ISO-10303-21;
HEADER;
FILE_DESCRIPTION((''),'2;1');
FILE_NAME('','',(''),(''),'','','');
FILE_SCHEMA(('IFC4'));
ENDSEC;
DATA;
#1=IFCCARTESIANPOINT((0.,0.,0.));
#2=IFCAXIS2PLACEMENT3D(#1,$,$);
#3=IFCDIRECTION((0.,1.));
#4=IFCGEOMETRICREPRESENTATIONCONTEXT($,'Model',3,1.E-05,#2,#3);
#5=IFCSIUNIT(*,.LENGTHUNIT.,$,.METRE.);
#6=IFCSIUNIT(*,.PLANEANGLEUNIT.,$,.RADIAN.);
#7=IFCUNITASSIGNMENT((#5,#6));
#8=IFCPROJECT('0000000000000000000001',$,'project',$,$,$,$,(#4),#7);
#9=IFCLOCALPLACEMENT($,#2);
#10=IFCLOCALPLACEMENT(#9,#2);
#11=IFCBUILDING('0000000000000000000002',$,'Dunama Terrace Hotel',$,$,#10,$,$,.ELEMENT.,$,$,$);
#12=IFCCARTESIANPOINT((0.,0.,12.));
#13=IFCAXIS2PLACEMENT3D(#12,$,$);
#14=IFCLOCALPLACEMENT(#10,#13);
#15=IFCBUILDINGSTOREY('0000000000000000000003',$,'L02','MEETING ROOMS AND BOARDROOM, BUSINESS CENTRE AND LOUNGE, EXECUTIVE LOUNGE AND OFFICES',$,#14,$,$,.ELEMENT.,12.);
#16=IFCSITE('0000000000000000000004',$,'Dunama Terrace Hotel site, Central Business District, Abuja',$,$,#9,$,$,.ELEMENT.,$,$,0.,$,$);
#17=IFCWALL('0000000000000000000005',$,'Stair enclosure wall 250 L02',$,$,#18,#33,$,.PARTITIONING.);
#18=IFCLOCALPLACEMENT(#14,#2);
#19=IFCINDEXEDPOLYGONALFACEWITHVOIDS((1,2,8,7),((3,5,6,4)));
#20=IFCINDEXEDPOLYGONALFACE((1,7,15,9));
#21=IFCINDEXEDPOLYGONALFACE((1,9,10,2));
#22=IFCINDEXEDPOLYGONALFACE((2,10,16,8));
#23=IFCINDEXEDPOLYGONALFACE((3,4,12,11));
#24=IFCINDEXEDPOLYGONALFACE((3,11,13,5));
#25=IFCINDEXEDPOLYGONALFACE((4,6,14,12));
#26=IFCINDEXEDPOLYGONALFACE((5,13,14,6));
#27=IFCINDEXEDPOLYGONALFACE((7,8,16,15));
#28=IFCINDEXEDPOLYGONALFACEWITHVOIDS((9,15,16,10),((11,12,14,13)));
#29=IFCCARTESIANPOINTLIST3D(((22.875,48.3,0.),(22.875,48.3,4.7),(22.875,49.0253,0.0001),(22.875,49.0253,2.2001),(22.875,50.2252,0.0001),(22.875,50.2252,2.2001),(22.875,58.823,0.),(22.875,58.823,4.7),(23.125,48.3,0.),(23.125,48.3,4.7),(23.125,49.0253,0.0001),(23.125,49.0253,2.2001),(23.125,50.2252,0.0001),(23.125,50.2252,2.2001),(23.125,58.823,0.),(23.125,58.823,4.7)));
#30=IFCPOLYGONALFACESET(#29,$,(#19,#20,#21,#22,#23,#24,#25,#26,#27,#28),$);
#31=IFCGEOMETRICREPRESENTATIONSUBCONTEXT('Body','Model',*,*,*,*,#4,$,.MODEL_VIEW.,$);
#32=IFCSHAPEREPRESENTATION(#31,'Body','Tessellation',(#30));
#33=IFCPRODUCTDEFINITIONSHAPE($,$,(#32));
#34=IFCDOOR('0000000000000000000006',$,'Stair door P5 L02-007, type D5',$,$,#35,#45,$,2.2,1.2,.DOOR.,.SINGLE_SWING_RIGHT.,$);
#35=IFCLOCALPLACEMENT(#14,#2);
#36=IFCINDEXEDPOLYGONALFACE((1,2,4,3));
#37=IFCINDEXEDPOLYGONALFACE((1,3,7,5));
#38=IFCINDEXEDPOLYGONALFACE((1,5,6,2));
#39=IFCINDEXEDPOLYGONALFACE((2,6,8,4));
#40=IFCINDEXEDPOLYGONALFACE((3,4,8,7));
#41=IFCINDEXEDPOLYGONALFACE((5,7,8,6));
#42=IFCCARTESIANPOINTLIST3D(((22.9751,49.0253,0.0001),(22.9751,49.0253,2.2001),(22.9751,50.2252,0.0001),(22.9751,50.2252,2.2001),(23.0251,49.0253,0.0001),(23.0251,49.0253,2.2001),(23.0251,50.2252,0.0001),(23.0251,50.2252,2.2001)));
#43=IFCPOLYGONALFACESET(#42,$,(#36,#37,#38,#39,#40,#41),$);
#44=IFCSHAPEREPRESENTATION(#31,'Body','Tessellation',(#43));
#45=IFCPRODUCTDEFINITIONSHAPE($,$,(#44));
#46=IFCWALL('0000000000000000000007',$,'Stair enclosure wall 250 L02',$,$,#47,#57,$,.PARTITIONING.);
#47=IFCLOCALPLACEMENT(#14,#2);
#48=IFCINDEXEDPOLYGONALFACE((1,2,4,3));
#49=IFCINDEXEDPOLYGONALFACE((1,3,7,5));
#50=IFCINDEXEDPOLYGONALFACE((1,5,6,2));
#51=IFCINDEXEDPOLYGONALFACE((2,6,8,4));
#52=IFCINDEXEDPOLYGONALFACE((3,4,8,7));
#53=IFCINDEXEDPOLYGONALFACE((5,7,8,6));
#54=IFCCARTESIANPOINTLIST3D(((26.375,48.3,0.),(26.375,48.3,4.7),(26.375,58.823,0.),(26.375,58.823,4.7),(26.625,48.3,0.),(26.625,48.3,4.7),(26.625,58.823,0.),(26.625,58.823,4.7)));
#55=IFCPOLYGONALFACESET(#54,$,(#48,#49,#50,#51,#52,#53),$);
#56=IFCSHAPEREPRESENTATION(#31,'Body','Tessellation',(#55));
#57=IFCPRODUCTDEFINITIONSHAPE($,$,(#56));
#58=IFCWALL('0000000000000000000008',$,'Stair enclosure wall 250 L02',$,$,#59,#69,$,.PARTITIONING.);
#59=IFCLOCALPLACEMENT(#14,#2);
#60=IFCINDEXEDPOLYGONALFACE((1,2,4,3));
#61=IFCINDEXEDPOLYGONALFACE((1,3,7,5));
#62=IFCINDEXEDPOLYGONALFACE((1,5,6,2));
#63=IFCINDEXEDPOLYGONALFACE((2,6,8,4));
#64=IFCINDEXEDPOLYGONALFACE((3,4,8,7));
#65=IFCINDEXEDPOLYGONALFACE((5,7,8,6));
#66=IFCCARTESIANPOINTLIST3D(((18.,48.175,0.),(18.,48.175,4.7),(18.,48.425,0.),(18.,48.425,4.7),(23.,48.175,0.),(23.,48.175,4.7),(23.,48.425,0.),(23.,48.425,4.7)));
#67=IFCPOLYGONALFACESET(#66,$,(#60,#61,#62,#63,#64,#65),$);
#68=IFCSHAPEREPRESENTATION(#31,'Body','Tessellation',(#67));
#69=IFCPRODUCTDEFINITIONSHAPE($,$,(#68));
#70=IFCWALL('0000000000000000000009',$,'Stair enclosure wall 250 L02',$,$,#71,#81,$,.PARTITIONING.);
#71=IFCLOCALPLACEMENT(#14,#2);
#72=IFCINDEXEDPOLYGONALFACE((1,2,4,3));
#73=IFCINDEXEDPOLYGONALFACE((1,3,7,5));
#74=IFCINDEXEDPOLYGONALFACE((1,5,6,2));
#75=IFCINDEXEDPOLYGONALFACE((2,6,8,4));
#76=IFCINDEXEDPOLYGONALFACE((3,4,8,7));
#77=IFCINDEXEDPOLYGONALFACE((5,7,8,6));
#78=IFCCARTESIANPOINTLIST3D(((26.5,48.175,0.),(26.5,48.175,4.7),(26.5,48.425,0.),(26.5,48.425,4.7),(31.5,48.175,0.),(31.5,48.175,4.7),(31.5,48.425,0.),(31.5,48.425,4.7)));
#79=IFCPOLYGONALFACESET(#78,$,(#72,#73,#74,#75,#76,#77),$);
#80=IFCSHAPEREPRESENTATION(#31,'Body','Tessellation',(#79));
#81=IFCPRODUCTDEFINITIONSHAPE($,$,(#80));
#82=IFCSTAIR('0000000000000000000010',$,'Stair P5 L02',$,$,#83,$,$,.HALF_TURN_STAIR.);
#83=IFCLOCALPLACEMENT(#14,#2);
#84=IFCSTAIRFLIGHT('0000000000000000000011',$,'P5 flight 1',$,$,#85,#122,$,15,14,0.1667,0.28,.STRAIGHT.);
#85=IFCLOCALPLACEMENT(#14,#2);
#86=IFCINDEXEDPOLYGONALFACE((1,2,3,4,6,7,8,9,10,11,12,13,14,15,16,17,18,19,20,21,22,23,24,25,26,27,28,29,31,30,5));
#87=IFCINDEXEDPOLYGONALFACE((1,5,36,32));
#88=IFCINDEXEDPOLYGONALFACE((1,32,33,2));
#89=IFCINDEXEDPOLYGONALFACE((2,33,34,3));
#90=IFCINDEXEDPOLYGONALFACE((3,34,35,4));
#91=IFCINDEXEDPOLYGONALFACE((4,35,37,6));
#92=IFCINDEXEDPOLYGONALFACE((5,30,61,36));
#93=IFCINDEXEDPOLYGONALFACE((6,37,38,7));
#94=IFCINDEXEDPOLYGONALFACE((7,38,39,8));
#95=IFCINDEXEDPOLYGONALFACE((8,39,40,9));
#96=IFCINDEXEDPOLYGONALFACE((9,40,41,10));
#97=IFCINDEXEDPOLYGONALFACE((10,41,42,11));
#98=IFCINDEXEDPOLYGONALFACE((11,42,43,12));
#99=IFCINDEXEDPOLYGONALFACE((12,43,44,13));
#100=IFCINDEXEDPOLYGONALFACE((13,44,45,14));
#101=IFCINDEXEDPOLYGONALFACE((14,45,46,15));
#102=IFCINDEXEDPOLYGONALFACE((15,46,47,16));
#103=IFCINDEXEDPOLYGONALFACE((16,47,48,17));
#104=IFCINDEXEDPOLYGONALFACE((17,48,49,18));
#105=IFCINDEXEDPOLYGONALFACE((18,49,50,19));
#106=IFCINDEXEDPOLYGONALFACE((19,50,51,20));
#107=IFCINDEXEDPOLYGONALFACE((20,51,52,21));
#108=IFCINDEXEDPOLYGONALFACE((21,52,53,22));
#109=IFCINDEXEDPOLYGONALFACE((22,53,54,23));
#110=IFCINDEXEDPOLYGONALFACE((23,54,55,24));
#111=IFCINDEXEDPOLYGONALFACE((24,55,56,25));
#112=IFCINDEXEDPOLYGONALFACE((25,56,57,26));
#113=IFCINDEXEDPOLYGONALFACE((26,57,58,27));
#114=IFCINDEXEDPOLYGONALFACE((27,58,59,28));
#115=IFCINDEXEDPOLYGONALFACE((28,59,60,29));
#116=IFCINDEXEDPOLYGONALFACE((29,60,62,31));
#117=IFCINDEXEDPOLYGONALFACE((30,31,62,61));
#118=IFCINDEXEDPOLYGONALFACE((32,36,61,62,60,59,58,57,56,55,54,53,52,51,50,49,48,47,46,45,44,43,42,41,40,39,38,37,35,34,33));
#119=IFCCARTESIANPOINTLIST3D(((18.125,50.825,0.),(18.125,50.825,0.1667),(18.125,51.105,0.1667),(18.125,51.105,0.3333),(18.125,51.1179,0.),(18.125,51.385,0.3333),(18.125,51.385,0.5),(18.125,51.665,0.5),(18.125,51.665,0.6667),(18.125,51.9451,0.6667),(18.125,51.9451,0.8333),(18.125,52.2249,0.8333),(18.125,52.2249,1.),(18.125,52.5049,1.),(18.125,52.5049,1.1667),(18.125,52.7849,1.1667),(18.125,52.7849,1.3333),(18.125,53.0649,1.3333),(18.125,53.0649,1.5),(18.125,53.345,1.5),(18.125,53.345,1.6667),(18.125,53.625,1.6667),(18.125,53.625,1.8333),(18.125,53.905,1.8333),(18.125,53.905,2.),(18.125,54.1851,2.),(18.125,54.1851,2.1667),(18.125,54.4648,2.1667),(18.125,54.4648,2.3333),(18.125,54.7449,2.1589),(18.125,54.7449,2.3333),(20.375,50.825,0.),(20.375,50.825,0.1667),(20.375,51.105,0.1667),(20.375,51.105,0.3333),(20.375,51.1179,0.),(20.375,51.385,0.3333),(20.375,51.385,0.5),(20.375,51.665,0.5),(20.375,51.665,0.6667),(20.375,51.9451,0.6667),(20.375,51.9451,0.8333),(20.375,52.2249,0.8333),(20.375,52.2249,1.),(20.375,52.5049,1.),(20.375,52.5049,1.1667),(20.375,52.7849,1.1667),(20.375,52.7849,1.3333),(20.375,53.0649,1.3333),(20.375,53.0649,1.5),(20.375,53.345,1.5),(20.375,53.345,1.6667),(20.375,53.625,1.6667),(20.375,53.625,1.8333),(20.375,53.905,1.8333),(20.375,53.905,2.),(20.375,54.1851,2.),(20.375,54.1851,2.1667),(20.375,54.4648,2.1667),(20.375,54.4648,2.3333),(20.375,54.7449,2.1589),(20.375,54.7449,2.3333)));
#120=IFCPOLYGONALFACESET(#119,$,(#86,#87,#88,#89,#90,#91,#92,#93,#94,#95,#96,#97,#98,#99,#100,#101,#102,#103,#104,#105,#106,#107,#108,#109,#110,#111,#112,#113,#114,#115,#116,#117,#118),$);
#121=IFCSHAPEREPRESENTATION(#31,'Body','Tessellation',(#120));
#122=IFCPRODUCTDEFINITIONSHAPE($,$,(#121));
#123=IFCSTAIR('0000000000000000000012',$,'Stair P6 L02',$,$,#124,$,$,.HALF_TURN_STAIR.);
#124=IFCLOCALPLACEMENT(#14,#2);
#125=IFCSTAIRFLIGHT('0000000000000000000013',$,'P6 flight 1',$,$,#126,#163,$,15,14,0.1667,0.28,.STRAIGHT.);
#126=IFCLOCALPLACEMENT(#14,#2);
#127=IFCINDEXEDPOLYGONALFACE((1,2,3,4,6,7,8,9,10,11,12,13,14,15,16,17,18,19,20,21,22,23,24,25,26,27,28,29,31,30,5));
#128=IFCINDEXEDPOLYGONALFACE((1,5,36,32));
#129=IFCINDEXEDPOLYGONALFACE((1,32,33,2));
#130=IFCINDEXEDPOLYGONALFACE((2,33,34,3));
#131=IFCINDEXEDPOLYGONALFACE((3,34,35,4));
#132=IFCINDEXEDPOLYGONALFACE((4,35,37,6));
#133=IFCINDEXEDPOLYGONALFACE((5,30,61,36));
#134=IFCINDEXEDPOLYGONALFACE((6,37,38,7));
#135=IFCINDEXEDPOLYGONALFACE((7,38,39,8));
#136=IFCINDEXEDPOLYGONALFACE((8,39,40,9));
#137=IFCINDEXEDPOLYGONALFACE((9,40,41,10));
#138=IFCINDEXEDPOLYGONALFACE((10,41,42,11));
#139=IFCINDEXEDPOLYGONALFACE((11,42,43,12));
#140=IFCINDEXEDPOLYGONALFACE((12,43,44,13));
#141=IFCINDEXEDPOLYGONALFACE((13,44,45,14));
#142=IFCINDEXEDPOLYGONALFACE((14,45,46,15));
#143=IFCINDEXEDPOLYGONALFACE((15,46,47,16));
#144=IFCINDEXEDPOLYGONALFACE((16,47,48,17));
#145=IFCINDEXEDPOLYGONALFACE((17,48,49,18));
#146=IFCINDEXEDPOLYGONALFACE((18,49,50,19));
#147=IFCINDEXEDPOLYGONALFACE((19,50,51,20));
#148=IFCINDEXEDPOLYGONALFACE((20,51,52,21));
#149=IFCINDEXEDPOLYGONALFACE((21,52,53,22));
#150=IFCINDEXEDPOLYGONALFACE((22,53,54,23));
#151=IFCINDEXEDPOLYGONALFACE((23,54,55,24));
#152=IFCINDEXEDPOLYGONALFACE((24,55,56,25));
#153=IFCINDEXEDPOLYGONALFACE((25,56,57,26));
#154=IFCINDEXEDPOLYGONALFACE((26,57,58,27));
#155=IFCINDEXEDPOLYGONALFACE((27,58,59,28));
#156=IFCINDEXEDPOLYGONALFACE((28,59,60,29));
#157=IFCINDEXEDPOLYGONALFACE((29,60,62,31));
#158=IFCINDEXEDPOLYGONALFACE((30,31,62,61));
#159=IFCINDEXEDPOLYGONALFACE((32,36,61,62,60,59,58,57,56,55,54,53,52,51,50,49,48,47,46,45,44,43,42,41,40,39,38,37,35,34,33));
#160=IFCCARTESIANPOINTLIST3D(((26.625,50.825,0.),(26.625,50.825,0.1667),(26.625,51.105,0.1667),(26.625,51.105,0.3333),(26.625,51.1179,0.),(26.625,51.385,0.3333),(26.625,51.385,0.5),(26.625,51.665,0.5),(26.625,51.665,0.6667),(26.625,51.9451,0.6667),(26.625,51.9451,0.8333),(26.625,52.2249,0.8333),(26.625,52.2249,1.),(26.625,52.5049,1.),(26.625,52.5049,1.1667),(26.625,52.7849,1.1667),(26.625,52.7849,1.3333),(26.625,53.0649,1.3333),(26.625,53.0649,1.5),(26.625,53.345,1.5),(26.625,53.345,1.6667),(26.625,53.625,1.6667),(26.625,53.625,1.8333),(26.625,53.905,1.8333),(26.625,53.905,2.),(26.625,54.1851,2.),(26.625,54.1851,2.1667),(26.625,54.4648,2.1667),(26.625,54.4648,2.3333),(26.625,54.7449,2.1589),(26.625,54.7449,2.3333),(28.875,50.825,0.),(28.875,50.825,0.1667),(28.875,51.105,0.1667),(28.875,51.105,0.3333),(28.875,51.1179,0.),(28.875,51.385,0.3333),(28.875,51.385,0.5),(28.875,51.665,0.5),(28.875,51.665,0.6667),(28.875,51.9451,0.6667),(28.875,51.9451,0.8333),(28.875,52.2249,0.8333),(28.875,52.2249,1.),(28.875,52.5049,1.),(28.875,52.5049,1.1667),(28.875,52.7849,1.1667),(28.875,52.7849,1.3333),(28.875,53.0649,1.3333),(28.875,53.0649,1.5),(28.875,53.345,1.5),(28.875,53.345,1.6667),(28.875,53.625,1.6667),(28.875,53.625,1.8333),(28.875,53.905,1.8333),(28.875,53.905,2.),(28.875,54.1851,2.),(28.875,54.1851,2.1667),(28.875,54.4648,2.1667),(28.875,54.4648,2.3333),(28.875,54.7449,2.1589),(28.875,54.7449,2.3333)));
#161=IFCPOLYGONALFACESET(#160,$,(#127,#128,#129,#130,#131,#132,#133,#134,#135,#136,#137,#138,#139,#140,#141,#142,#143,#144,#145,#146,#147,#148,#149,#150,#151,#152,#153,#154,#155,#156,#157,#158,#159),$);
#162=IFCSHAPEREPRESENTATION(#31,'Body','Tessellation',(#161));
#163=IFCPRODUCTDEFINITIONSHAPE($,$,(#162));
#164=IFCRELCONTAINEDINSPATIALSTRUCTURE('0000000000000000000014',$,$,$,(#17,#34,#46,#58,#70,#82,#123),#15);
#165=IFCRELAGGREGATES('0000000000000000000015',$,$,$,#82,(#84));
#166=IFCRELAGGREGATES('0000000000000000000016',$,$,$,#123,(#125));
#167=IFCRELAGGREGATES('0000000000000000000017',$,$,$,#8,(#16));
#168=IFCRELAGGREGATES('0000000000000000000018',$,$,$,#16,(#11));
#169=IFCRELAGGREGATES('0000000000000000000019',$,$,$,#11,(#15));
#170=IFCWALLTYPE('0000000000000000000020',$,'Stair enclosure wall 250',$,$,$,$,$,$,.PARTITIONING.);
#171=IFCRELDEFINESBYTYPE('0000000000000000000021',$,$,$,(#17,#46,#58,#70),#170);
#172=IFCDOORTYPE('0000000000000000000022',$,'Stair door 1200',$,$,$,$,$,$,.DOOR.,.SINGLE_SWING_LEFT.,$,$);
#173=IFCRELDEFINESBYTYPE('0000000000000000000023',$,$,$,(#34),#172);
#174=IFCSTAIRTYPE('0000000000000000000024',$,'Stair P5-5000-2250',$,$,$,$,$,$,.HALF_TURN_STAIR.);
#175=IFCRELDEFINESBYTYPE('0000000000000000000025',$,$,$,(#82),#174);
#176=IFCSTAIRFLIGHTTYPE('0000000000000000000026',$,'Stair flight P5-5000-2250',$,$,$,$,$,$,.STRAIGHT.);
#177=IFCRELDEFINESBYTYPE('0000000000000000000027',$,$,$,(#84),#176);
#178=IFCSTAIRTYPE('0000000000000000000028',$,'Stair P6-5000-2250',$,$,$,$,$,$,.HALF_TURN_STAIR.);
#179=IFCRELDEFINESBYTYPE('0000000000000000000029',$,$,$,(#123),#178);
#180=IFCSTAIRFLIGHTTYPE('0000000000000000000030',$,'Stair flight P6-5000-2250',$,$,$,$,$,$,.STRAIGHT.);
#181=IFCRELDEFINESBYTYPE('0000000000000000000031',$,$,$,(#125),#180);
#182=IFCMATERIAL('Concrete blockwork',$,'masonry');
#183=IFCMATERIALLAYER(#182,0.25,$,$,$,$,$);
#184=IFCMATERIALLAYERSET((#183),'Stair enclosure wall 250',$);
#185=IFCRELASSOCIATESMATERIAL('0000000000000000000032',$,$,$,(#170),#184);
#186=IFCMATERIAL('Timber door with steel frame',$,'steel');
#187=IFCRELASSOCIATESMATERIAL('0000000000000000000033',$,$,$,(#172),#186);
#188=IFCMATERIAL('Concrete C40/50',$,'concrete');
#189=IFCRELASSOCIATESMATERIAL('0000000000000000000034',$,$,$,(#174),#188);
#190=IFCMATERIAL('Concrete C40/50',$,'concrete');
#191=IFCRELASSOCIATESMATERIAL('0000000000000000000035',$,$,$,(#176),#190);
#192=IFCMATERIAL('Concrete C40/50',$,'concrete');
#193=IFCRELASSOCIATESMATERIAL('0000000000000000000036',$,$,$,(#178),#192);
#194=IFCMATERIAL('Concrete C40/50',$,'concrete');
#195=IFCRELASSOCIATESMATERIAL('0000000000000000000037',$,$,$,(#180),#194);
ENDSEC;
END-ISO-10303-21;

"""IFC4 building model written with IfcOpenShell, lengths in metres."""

from ifc_helpers import new_model, si_unit, direction, frame, frame_2d, origin, place, context, subcontext, project, spatial, polyline, rectangle, outline, extrude, material, layer, layer_set, type_object, element, fill, aggregate, save


model = new_model("IFC4")

# Units and contexts
model_context = context("Model", 3, precision=1e-05, world=origin(), true_north=direction((0.0, 1.0)))
body_context = subcontext(model_context, "Body", "Model", "MODEL_VIEW")
ifc_project = project(units=[si_unit("LENGTHUNIT", "METRE"), si_unit("PLANEANGLEUNIT", "RADIAN")], contexts=[model_context])

# Site, building, storey
site_placement = place(None, origin())
site = spatial("IfcSite", under=ifc_project, at=site_placement, Name="Dunama Terrace Hotel site, Central Business District, Abuja", CompositionType="ELEMENT", RefElevation=0.0)
building_placement = place(site_placement, origin())
building = spatial("IfcBuilding", under=site, at=building_placement, Name="Dunama Terrace Hotel", CompositionType="ELEMENT")
storey_placement = place(building_placement, frame((0.0, 0.0, 12.0)))
storey = spatial("IfcBuildingStorey", under=building, at=storey_placement, Name="L02", Description="MEETING ROOMS AND BOARDROOM, BUSINESS CENTRE AND LOUNGE, EXECUTIVE LOUNGE AND OFFICES", CompositionType="ELEMENT", Elevation=12.0)

# Wall, opening, door
ifc_material_1 = material(Name="Concrete blockwork", Category="masonry")
ifc_layer_1 = layer(ifc_material_1, 0.25)
ifc_layer_set_1 = layer_set([ifc_layer_1], Name="Stair enclosure wall 250")
wall_type_1 = type_object("IfcWallType", Name="Stair enclosure wall 250", PredefinedType="PARTITIONING", material=ifc_layer_set_1)
wall_1_placement = place(storey_placement, frame((23.0, 48.3, 0.0), z_axis=(0.0, 0.0, 1.0), x_axis=(0.0, 1.0, 0.0)))
wall_1 = element("IfcWall", 1, at=wall_1_placement, inside=storey, type_object=wall_type_1, Name="Stair enclosure wall 250 L02", PredefinedType="PARTITIONING", context=body_context, shape_type="SweptSolid", body=[
    extrude(rectangle(XDim=10.5229, YDim=0.25, at=frame_2d((5.2615, 0.0))), origin(), (0.0, 0.0, 1.0), 4.7),
])
opening_1_placement = place(wall_1_placement, frame((0.7251, 0.0, 0.0)))
opening_1 = element("IfcOpeningElement", 2, at=opening_1_placement, cuts=wall_1, PredefinedType="OPENING", context=body_context, shape_type="SweptSolid", body=[
    extrude(rectangle(XDim=1.2, YDim=2.2, at=frame_2d((0.6001, 1.1001))), frame((0.0, 0.135, 0.0), z_axis=(0.0, -1.0, 0.0), x_axis=(1.0, 0.0, 0.0)), (0.0, 0.0, 1.0), 0.27),
])
ifc_material_2 = material(Name="Timber door with steel frame", Category="steel")
door_type_1 = type_object("IfcDoorType", Name="Stair door 1200", OperationType="SINGLE_SWING_LEFT", PredefinedType="DOOR", material=ifc_material_2)
door_1_placement = place(opening_1_placement, origin())
door_1 = element("IfcDoor", 3, at=door_1_placement, inside=storey, type_object=door_type_1, Name="Stair door P5 L02-007, type D5", OperationType="SINGLE_SWING_RIGHT", OverallHeight=2.2, OverallWidth=1.2, PredefinedType="DOOR", context=body_context, shape_type="SweptSolid", body=[
    extrude(rectangle(XDim=1.2, YDim=2.2, at=frame_2d((0.6001, 1.1001))), frame((0.0, 0.0249, 0.0), z_axis=(0.0, -1.0, 0.0), x_axis=(1.0, 0.0, 0.0)), (0.0, 0.0, 1.0), 0.05),
])
fill(opening_1, door_1)

# Walls
wall_2_placement = place(storey_placement, frame((26.5, 48.3, 0.0), z_axis=(0.0, 0.0, 1.0), x_axis=(0.0, 1.0, 0.0)))
element("IfcWall", 4, at=wall_2_placement, inside=storey, type_object=wall_type_1, Name="Stair enclosure wall 250 L02", PredefinedType="PARTITIONING", context=body_context, shape_type="SweptSolid", body=[
    extrude(rectangle(XDim=10.5229, YDim=0.25, at=frame_2d((5.2615, 0.0))), origin(), (0.0, 0.0, 1.0), 4.7),
])
for number, where, z_axis, x_axis, name in (
    (5, (18.0, 48.3, 0.0), (0.0, 0.0, 1.0), (1.0, 0.0, 0.0), "Stair enclosure wall 250 L02"),
    (6, (26.5, 48.3, 0.0), (0.0, 0.0, 1.0), (1.0, 0.0, 0.0), "Stair enclosure wall 250 L02"),
):
    element("IfcWall", number, at=place(storey_placement, frame(where, z_axis=z_axis, x_axis=x_axis)), inside=storey, type_object=wall_type_1, Name=name, PredefinedType="PARTITIONING", context=body_context, shape_type="SweptSolid", body=[
        extrude(rectangle(XDim=5.0, YDim=0.25, at=frame_2d((2.5, 0.0))), origin(), (0.0, 0.0, 1.0), 4.7),
    ])

# Stairs, stair flights
ifc_material_3 = material(Name="Concrete C40/50", Category="concrete")
stair_type_1 = type_object("IfcStairType", Name="Stair P5-5000-2250", PredefinedType="HALF_TURN_STAIR", material=ifc_material_3)
stair_1_placement = place(storey_placement, origin())
stair_1 = element("IfcStair", 7, at=stair_1_placement, inside=storey, type_object=stair_type_1, Name="Stair P5 L02", PredefinedType="HALF_TURN_STAIR")
ifc_material_4 = material(Name="Concrete C40/50", Category="concrete")
stair_flight_type_1 = type_object("IfcStairFlightType", Name="Stair flight P5-5000-2250", PredefinedType="STRAIGHT", material=ifc_material_4)
stair_flight_1_placement = place(storey_placement, frame((19.25, 50.825, 0.0), z_axis=(0.0, 0.0, 1.0), x_axis=(0.0, 1.0, 0.0)))
stair_flight_1 = element("IfcStairFlight", 8, at=stair_flight_1_placement, type_object=stair_flight_type_1, Name="P5 flight 1", NumberOfRisers=15, NumberOfTreads=14, PredefinedType="STRAIGHT", RiserHeight=0.1667, TreadLength=0.28, context=body_context, shape_type="SweptSolid", body=[
    extrude(outline(polyline([(0.0, 0.0), (0.0, 0.1667), (0.28, 0.1667), (0.28, 0.3333), (0.5601, 0.3333), (0.5601, 0.5), (0.8401, 0.5), (0.8401, 0.6667), (1.1201, 0.6667), (1.1201, 0.8333), (1.3999, 0.8333), (1.3999, 1.0), (1.6799, 1.0), (1.6799, 1.1667), (1.96, 1.1667), (1.96, 1.3333), (2.24, 1.3333), (2.24, 1.5), (2.52, 1.5), (2.52, 1.6667), (2.8, 1.6667), (2.8, 1.8333), (3.0801, 1.8333), (3.0801, 2.0), (3.3601, 2.0), (3.3601, 2.1667), (3.6399, 2.1667), (3.6399, 2.3333), (3.9199, 2.3333), (3.9199, 2.5), (3.9199, 2.1589), (0.293, 0.0), (0.0, 0.0)])), frame((0.0, 1.125, 0.0), z_axis=(0.0, -1.0, 0.0), x_axis=(1.0, 0.0, 0.0)), (0.0, 0.0, 1.0), 2.25),
])
aggregate(stair_1, [stair_flight_1])
ifc_material_5 = material(Name="Concrete C40/50", Category="concrete")
stair_type_2 = type_object("IfcStairType", Name="Stair P6-5000-2250", PredefinedType="HALF_TURN_STAIR", material=ifc_material_5)
stair_2_placement = place(storey_placement, origin())
stair_2 = element("IfcStair", 9, at=stair_2_placement, inside=storey, type_object=stair_type_2, Name="Stair P6 L02", PredefinedType="HALF_TURN_STAIR")
ifc_material_6 = material(Name="Concrete C40/50", Category="concrete")
stair_flight_type_2 = type_object("IfcStairFlightType", Name="Stair flight P6-5000-2250", PredefinedType="STRAIGHT", material=ifc_material_6)
stair_flight_2_placement = place(storey_placement, frame((27.75, 50.825, 0.0), z_axis=(0.0, 0.0, 1.0), x_axis=(0.0, 1.0, 0.0)))
stair_flight_2 = element("IfcStairFlight", 10, at=stair_flight_2_placement, type_object=stair_flight_type_2, Name="P6 flight 1", NumberOfRisers=15, NumberOfTreads=14, PredefinedType="STRAIGHT", RiserHeight=0.1667, TreadLength=0.28, context=body_context, shape_type="SweptSolid", body=[
    extrude(outline(polyline([(0.0, 0.0), (0.0, 0.1667), (0.28, 0.1667), (0.28, 0.3333), (0.5601, 0.3333), (0.5601, 0.5), (0.8401, 0.5), (0.8401, 0.6667), (1.1201, 0.6667), (1.1201, 0.8333), (1.3999, 0.8333), (1.3999, 1.0), (1.6799, 1.0), (1.6799, 1.1667), (1.96, 1.1667), (1.96, 1.3333), (2.24, 1.3333), (2.24, 1.5), (2.52, 1.5), (2.52, 1.6667), (2.8, 1.6667), (2.8, 1.8333), (3.0801, 1.8333), (3.0801, 2.0), (3.3601, 2.0), (3.3601, 2.1667), (3.6399, 2.1667), (3.6399, 2.3333), (3.9199, 2.3333), (3.9199, 2.5), (3.9199, 2.1589), (0.293, 0.0), (0.0, 0.0)])), frame((0.0, 1.125, 0.0), z_axis=(0.0, -1.0, 0.0), x_axis=(1.0, 0.0, 0.0)), (0.0, 0.0, 1.0), 2.25),
])
aggregate(stair_2, [stair_flight_2])

save(model, "model.ifc")
